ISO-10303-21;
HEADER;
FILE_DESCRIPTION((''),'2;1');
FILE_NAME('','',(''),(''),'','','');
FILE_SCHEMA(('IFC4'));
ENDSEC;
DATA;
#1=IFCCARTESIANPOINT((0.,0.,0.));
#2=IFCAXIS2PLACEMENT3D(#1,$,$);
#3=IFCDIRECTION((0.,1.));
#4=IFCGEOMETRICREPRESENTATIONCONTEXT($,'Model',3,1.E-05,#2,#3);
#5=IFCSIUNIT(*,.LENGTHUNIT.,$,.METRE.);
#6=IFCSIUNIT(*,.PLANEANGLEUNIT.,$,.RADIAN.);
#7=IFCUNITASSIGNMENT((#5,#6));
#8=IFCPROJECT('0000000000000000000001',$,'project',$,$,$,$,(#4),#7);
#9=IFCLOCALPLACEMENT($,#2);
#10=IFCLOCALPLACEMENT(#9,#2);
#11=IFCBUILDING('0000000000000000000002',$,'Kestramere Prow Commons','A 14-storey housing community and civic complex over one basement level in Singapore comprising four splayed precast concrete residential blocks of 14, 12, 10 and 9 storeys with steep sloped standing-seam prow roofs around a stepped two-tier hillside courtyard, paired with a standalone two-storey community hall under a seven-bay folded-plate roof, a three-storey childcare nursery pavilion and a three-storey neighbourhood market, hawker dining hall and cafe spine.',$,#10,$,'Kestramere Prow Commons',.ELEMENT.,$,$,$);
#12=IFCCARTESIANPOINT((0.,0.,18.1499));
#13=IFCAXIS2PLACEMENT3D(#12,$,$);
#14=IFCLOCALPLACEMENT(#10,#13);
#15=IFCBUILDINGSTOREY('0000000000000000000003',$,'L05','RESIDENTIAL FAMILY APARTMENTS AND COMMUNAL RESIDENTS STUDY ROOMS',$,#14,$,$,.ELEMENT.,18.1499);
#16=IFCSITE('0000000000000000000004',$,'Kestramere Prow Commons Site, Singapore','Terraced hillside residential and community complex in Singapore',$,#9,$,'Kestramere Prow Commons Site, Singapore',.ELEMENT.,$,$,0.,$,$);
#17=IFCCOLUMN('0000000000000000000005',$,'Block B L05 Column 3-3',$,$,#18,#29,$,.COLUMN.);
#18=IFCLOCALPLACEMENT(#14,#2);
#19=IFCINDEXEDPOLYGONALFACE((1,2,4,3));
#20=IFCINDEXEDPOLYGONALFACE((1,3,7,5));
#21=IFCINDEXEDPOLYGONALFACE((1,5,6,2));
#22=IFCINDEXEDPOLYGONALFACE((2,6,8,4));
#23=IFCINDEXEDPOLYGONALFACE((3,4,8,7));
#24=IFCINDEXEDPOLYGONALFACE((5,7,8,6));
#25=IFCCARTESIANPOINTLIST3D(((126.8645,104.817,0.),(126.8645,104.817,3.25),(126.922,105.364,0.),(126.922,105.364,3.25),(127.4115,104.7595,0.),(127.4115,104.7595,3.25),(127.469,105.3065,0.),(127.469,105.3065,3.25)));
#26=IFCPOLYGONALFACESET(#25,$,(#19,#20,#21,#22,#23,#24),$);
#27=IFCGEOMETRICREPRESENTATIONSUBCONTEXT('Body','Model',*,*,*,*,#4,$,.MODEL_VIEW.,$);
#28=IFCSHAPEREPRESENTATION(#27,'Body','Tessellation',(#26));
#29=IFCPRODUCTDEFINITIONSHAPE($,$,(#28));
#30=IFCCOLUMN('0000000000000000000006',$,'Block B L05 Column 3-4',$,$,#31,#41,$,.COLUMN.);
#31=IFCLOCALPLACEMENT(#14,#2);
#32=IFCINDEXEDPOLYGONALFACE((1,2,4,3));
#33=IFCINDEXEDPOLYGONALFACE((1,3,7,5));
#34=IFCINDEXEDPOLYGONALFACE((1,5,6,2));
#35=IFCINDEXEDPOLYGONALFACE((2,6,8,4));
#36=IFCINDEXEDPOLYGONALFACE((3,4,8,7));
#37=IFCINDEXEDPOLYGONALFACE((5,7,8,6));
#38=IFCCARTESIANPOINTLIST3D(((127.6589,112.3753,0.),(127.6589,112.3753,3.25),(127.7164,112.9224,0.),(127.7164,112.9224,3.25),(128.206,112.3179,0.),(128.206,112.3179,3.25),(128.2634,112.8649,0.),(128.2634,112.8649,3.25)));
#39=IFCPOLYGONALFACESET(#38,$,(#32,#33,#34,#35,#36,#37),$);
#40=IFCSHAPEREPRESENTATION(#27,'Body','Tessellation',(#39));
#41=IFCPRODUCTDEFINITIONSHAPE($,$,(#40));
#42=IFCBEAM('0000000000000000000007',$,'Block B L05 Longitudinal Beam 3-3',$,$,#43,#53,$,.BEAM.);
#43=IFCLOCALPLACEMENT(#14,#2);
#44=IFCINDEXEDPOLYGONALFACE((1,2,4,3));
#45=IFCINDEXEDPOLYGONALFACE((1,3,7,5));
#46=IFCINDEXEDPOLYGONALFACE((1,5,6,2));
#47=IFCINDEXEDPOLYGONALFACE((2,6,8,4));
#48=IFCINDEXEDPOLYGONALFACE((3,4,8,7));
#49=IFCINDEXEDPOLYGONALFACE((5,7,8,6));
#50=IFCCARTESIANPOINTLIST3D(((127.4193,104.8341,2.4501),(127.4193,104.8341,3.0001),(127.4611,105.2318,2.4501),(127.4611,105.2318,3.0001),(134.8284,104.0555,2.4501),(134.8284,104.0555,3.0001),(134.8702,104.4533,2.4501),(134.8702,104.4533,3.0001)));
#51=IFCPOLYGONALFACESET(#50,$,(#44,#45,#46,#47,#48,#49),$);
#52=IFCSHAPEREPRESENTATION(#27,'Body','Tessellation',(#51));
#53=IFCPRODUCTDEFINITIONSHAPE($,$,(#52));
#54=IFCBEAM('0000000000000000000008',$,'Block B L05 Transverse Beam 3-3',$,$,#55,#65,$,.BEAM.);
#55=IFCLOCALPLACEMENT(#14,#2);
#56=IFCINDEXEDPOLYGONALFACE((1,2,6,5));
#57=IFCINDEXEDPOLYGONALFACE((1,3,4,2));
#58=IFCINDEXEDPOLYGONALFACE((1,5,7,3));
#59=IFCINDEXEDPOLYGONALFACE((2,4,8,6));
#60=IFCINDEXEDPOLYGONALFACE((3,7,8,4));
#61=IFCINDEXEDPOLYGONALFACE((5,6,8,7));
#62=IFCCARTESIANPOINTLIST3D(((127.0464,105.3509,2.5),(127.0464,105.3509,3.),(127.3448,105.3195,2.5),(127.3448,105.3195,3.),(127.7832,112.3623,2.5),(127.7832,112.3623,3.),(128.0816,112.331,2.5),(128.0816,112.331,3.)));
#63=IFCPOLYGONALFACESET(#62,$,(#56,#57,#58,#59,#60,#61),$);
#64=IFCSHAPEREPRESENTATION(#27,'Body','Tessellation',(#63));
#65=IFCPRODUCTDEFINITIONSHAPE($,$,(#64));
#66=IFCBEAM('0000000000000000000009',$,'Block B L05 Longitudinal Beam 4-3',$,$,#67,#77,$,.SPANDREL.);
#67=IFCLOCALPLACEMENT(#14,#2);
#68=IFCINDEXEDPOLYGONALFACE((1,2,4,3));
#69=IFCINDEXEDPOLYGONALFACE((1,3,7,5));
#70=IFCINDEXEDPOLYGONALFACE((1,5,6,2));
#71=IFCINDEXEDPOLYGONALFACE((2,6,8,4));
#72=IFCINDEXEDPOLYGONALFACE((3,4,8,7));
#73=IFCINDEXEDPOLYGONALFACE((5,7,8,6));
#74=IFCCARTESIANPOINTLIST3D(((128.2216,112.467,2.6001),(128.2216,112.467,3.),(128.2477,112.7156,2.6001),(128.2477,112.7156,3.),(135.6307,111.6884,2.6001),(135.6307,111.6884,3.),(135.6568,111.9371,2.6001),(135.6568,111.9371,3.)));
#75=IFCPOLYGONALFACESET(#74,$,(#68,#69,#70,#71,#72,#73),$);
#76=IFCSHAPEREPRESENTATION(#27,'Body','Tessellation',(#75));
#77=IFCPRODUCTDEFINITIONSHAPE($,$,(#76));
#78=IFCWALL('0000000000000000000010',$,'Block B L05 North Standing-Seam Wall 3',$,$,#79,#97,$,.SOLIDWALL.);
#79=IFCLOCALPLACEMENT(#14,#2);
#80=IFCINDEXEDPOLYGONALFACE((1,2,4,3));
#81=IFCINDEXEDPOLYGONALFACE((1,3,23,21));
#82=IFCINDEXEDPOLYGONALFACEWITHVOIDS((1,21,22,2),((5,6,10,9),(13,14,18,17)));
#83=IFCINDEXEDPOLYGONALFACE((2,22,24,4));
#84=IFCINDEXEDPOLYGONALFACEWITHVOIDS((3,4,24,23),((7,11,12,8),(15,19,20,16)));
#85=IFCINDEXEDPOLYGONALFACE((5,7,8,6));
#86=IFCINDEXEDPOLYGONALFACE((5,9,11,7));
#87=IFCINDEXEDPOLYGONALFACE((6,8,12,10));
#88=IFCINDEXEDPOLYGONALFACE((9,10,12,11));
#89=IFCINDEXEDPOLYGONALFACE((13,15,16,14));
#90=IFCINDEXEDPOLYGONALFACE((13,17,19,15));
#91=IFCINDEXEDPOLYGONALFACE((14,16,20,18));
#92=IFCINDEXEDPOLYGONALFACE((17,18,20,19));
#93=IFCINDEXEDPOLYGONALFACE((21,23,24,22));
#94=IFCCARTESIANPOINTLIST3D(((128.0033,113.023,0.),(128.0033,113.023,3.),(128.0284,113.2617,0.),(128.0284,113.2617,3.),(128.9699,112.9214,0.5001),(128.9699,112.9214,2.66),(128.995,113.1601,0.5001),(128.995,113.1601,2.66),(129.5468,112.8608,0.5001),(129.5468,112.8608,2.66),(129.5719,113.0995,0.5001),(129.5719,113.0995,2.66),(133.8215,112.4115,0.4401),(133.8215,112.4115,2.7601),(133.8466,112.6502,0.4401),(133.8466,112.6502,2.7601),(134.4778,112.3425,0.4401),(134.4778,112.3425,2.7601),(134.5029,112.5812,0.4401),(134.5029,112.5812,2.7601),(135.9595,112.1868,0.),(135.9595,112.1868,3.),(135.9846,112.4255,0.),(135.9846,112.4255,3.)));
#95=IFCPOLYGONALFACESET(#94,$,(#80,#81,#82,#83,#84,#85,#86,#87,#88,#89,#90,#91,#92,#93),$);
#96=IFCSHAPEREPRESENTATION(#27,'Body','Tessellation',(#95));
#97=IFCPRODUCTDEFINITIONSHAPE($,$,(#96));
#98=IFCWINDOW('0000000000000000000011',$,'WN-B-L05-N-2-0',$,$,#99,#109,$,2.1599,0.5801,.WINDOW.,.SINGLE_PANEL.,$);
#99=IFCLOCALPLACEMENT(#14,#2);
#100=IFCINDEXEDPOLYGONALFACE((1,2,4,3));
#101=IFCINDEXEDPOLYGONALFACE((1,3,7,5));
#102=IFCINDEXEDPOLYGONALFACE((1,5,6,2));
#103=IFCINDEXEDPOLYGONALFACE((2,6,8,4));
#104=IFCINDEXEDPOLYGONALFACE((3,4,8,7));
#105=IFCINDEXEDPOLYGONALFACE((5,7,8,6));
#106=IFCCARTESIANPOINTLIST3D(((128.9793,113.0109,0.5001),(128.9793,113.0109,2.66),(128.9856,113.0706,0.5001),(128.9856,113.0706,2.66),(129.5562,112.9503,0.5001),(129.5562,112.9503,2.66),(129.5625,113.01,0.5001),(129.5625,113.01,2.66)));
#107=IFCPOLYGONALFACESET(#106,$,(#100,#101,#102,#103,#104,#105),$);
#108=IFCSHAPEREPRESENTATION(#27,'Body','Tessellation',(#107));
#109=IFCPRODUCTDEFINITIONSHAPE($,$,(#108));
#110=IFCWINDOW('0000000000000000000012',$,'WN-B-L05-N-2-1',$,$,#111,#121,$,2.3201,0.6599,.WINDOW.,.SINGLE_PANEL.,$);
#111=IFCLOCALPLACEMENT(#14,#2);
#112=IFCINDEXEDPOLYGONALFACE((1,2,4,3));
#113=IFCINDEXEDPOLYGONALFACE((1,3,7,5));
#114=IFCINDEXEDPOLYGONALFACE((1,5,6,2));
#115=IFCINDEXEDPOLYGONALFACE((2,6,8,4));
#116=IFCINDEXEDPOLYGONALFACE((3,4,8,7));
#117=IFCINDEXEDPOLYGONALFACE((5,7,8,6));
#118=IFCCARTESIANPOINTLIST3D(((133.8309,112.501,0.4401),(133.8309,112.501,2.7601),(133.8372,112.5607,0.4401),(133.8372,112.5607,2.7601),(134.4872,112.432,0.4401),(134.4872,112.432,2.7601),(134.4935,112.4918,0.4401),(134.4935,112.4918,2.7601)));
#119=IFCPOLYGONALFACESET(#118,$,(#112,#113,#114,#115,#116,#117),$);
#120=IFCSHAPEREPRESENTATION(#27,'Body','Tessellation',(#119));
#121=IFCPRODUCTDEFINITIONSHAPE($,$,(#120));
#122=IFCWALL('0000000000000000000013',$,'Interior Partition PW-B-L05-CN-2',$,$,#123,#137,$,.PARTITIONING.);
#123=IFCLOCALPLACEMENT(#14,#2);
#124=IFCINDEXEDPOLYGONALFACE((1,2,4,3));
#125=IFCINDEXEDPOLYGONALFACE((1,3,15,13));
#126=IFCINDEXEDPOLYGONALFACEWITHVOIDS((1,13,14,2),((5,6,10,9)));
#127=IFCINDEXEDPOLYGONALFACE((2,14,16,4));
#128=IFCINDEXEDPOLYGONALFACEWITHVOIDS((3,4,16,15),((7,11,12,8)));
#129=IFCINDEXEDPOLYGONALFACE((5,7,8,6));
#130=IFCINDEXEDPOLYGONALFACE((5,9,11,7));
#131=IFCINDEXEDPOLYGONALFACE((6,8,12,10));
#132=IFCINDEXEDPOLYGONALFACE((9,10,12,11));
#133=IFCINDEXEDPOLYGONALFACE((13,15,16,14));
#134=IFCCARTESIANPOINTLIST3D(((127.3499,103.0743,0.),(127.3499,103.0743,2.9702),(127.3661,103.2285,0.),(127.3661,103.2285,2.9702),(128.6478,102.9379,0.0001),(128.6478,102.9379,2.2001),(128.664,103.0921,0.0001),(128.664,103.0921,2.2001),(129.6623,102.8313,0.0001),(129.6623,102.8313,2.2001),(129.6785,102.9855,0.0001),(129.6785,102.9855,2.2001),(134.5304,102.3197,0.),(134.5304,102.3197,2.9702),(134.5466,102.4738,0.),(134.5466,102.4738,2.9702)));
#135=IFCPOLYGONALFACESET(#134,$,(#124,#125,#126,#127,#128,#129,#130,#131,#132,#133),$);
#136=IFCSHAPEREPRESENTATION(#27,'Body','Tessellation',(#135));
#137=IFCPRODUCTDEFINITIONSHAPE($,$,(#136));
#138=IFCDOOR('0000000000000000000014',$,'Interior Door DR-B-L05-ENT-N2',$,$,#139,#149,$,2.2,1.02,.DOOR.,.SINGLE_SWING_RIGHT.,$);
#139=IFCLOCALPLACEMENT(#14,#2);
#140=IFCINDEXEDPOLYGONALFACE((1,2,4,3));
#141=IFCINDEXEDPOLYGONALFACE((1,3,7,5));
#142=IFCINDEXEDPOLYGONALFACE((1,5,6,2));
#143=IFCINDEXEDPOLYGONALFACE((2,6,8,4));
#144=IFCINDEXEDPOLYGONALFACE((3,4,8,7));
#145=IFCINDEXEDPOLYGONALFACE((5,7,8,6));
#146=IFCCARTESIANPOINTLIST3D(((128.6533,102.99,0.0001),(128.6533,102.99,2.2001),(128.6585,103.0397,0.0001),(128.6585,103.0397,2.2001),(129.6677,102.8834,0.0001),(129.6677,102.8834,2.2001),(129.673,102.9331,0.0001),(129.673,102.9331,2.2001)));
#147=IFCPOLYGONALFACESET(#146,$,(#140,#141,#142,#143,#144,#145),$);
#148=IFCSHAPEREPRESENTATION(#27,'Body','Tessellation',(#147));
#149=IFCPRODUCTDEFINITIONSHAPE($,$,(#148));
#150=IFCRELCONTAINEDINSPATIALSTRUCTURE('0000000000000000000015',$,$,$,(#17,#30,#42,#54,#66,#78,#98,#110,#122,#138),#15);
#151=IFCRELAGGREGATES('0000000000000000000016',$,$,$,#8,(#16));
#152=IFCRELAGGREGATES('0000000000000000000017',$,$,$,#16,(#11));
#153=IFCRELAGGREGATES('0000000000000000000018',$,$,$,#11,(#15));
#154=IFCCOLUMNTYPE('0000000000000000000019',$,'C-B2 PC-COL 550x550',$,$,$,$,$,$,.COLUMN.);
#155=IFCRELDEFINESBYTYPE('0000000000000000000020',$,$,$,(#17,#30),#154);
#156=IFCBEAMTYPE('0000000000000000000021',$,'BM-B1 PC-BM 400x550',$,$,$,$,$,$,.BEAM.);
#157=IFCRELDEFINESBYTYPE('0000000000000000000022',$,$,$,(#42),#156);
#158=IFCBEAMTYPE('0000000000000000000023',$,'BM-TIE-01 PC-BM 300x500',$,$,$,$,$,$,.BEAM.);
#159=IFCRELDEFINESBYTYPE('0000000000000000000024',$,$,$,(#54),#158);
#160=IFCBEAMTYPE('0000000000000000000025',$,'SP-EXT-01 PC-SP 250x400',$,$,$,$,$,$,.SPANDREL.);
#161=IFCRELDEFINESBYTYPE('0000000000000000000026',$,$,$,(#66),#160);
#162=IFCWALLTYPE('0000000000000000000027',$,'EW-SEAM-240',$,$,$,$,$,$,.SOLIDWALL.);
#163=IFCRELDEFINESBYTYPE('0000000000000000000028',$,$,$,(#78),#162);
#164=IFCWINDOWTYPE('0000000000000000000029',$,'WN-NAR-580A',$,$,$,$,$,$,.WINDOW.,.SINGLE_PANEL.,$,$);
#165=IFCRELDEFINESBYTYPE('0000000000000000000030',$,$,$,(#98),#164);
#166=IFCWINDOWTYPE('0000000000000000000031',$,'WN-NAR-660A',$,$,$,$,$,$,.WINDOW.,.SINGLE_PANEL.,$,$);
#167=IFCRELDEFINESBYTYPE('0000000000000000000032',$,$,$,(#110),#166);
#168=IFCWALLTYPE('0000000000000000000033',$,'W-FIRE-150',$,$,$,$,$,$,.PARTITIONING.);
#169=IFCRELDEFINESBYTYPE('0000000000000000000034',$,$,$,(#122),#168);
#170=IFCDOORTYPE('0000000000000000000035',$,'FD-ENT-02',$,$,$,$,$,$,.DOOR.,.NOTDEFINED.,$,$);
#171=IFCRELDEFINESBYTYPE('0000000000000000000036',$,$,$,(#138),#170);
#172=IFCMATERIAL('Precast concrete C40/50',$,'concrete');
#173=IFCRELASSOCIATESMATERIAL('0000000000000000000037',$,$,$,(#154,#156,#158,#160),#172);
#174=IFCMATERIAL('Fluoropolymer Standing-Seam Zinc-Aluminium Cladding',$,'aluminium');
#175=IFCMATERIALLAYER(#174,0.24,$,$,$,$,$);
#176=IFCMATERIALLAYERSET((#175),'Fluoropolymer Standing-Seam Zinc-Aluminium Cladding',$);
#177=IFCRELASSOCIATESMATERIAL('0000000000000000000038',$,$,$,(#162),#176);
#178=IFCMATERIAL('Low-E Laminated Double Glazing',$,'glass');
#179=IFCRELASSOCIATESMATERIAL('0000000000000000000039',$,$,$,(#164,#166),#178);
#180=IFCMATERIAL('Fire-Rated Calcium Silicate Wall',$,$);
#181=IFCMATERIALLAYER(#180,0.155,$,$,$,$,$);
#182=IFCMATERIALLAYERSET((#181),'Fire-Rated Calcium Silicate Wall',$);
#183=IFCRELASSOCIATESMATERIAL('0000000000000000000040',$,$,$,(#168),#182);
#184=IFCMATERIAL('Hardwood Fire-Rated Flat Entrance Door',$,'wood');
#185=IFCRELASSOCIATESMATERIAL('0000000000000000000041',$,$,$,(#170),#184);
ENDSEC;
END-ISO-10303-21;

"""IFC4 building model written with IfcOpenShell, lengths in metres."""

from ifc_helpers import new_model, si_unit, direction, frame, frame_2d, origin, origin_2d, place, context, subcontext, project, spatial, rectangle, extrude, material, layer, layer_set, material_profile, profile_set, type_object, element, fill, save


model = new_model("IFC4")

# Units and contexts
model_context = context("Model", 3, precision=1e-05, world=origin(), true_north=direction((0.0, 1.0)))
body_context = subcontext(model_context, "Body", "Model", "MODEL_VIEW")
ifc_project = project(units=[si_unit("LENGTHUNIT", "METRE"), si_unit("PLANEANGLEUNIT", "RADIAN")], contexts=[model_context])

# Site, building, storey
site_placement = place(None, origin())
site = spatial("IfcSite", under=ifc_project, at=site_placement, Name="Kestramere Prow Commons Site, Singapore", Description="Terraced hillside residential and community complex in Singapore", LongName="Kestramere Prow Commons Site, Singapore", CompositionType="ELEMENT", RefElevation=0.0)
building_placement = place(site_placement, origin())
building = spatial("IfcBuilding", under=site, at=building_placement, Name="Kestramere Prow Commons", Description="A 14-storey housing community and civic complex over one basement level in Singapore comprising four splayed precast concrete residential blocks of 14, 12, 10 and 9 storeys with steep sloped standing-seam prow roofs around a stepped two-tier hillside courtyard, paired with a standalone two-storey community hall under a seven-bay folded-plate roof, a three-storey childcare nursery pavilion and a three-storey neighbourhood market, hawker dining hall and cafe spine.", LongName="Kestramere Prow Commons", CompositionType="ELEMENT")
storey_placement = place(building_placement, frame((0.0, 0.0, 18.1499)))
storey = spatial("IfcBuildingStorey", under=building, at=storey_placement, Name="L05", Description="RESIDENTIAL FAMILY APARTMENTS AND COMMUNAL RESIDENTS STUDY ROOMS", CompositionType="ELEMENT", Elevation=18.1499)

# Columns
ifc_material_1 = material(Name="Precast concrete C40/50", Category="concrete")
ifc_material_profile_1 = material_profile(ifc_material_1, rectangle(XDim=0.55, YDim=0.55, at=origin_2d()), Name="PC-COL 550x550")
ifc_profile_set_1 = profile_set([ifc_material_profile_1], Name="Precast concrete C40/50")
column_type = type_object("IfcColumnType", Name="C-B2 PC-COL 550x550", PredefinedType="COLUMN", material=ifc_profile_set_1)
for number, where, z_axis, x_axis, name in (
    (1, (127.1667, 105.0618, 0.0), (0.0, 0.0, 1.0), (0.994522, -0.104528, 0.0), "Block B L05 Column 3-3"),
    (2, (127.9612, 112.6201, 0.0), (0.0, 0.0, 1.0), (0.994522, -0.104528, 0.0), "Block B L05 Column 3-4"),
):
    element("IfcColumn", number, at=place(storey_placement, frame(where, z_axis=z_axis, x_axis=x_axis)), inside=storey, type_object=column_type, Name=name, PredefinedType="COLUMN", context=body_context, shape_type="SweptSolid", body=[
        extrude(rectangle(XDim=0.55, YDim=0.55, at=origin_2d()), origin(), (0.0, 0.0, 1.0), 3.25),
    ])

# Beams
ifc_material_profile_2 = material_profile(ifc_material_1, rectangle(XDim=0.3999, YDim=0.55, at=origin_2d()), Name="PC-BM 400x550")
ifc_profile_set_2 = profile_set([ifc_material_profile_2], Name="Precast concrete C40/50")
beam_type_1 = type_object("IfcBeamType", Name="BM-B1 PC-BM 400x550", PredefinedType="BEAM", material=ifc_profile_set_2)
beam_1_placement = place(storey_placement, frame((127.4402, 105.033, 2.7251), z_axis=(0.994524, -0.104506, 0.0), x_axis=(0.104506, 0.994524, 0.0)))
element("IfcBeam", 3, at=beam_1_placement, inside=storey, type_object=beam_type_1, Name="Block B L05 Longitudinal Beam 3-3", PredefinedType="BEAM", context=body_context, shape_type="SweptSolid", body=[
    extrude(rectangle(XDim=0.3999, YDim=0.55, at=origin_2d()), origin(), (0.0, 0.0, 1.0), 7.45),
])
ifc_material_profile_3 = material_profile(ifc_material_1, rectangle(XDim=0.3, YDim=0.5, at=origin_2d()), Name="PC-BM 300x500")
ifc_profile_set_3 = profile_set([ifc_material_profile_3], Name="Precast concrete C40/50")
beam_type_2 = type_object("IfcBeamType", Name="BM-TIE-01 PC-BM 300x500", PredefinedType="BEAM", material=ifc_profile_set_3)
beam_2_placement = place(storey_placement, frame((127.1956, 105.3352, 2.75), z_axis=(0.104512, 0.994524, 0.0), x_axis=(-0.994524, 0.104512, 0.0)))
element("IfcBeam", 4, at=beam_2_placement, inside=storey, type_object=beam_type_2, Name="Block B L05 Transverse Beam 3-3", PredefinedType="BEAM", context=body_context, shape_type="SweptSolid", body=[
    extrude(rectangle(XDim=0.3, YDim=0.5, at=origin_2d()), origin(), (0.0, 0.0, 1.0), 7.05),
])
ifc_material_profile_4 = material_profile(ifc_material_1, rectangle(XDim=0.25, YDim=0.3999, at=origin_2d()), Name="PC-SP 250x400")
ifc_profile_set_4 = profile_set([ifc_material_profile_4], Name="Precast concrete C40/50")
beam_type_3 = type_object("IfcBeamType", Name="SP-EXT-01 PC-SP 250x400", PredefinedType="SPANDREL", material=ifc_profile_set_4)
beam_3_placement = place(storey_placement, frame((128.2346, 112.5913, 2.8), z_axis=(0.994524, -0.104506, 0.0), x_axis=(0.104506, 0.994524, 0.0)))
element("IfcBeam", 5, at=beam_3_placement, inside=storey, type_object=beam_type_3, Name="Block B L05 Longitudinal Beam 4-3", PredefinedType="SPANDREL", context=body_context, shape_type="SweptSolid", body=[
    extrude(rectangle(XDim=0.25, YDim=0.3999, at=origin_2d()), origin(), (0.0, 0.0, 1.0), 7.45),
])

# Wall, openings, windows
ifc_material_2 = material(Name="Fluoropolymer Standing-Seam Zinc-Aluminium Cladding", Category="aluminium")
ifc_layer_1 = layer(ifc_material_2, 0.24)
ifc_layer_set_1 = layer_set([ifc_layer_1], Name="Fluoropolymer Standing-Seam Zinc-Aluminium Cladding")
wall_type_1 = type_object("IfcWallType", Name="EW-SEAM-240", PredefinedType="SOLIDWALL", material=ifc_layer_set_1)
wall_1_placement = place(storey_placement, frame((128.0159, 113.1423, 0.0), z_axis=(0.0, 0.0, 1.0), x_axis=(0.994523, -0.104521, 0.0)))
wall_1 = element("IfcWall", 6, at=wall_1_placement, inside=storey, type_object=wall_type_1, Name="Block B L05 North Standing-Seam Wall 3", PredefinedType="SOLIDWALL", context=body_context, shape_type="SweptSolid", body=[
    extrude(rectangle(XDim=8.0, YDim=0.24, at=frame_2d((4.0, 0.0))), origin(), (0.0, 0.0, 1.0), 3.0),
])
opening_1_placement = place(wall_1_placement, frame((0.9719, 0.0, 0.5)))
opening_1 = element("IfcOpeningElement", 7, at=opening_1_placement, cuts=wall_1, PredefinedType="OPENING", context=body_context, shape_type="SweptSolid", body=[
    extrude(rectangle(XDim=0.5801, YDim=2.1599, at=frame_2d((0.29, 1.0801))), frame((0.0, 0.135, 0.0), z_axis=(0.0, -1.0, 0.0), x_axis=(1.0, 0.0, 0.0)), (0.0, 0.0, 1.0), 0.27),
])
opening_2_placement = place(wall_1_placement, frame((5.8501, 0.0, 0.4399)))
opening_2 = element("IfcOpeningElement", 8, at=opening_2_placement, cuts=wall_1, PredefinedType="OPENING", context=body_context, shape_type="SweptSolid", body=[
    extrude(rectangle(XDim=0.6599, YDim=2.3201, at=frame_2d((0.3301, 1.1602))), frame((0.0, 0.135, 0.0), z_axis=(0.0, -1.0, 0.0), x_axis=(1.0, 0.0, 0.0)), (0.0, 0.0, 1.0), 0.27),
])
ifc_material_3 = material(Name="Low-E Laminated Double Glazing", Category="glass")
window_type_1 = type_object("IfcWindowType", Name="WN-NAR-580A", PartitioningType="SINGLE_PANEL", PredefinedType="WINDOW", material=ifc_material_3)
window_1_placement = place(opening_1_placement, origin())
window_1 = element("IfcWindow", 9, at=window_1_placement, inside=storey, type_object=window_type_1, Name="WN-B-L05-N-2-0", OverallHeight=2.1599, OverallWidth=0.5801, PartitioningType="SINGLE_PANEL", PredefinedType="WINDOW", context=body_context, shape_type="SweptSolid", body=[
    extrude(rectangle(XDim=0.5801, YDim=2.1599, at=frame_2d((0.29, 1.0801))), frame((0.0, 0.03, 0.0), z_axis=(0.0, -1.0, 0.0), x_axis=(1.0, 0.0, 0.0)), (0.0, 0.0, 1.0), 0.0601),
])
fill(opening_1, window_1)
window_type_2 = type_object("IfcWindowType", Name="WN-NAR-660A", PartitioningType="SINGLE_PANEL", PredefinedType="WINDOW", material=ifc_material_3)
window_2_placement = place(opening_2_placement, origin())
window_2 = element("IfcWindow", 10, at=window_2_placement, inside=storey, type_object=window_type_2, Name="WN-B-L05-N-2-1", OverallHeight=2.3201, OverallWidth=0.6599, PartitioningType="SINGLE_PANEL", PredefinedType="WINDOW", context=body_context, shape_type="SweptSolid", body=[
    extrude(rectangle(XDim=0.6599, YDim=2.3201, at=frame_2d((0.3301, 1.1602))), frame((0.0, 0.03, 0.0), z_axis=(0.0, -1.0, 0.0), x_axis=(1.0, 0.0, 0.0)), (0.0, 0.0, 1.0), 0.0601),
])
fill(opening_2, window_2)

# Wall, opening, door
ifc_material_4 = material(Name="Fire-Rated Calcium Silicate Wall")
ifc_layer_2 = layer(ifc_material_4, 0.155)
ifc_layer_set_2 = layer_set([ifc_layer_2], Name="Fire-Rated Calcium Silicate Wall")
wall_type_2 = type_object("IfcWallType", Name="W-FIRE-150", PredefinedType="PARTITIONING", material=ifc_layer_set_2)
wall_2_placement = place(storey_placement, frame((127.3582, 103.1514, 0.0), z_axis=(0.0, 0.0, 1.0), x_axis=(0.994523, -0.104521, 0.0)))
wall_2 = element("IfcWall", 11, at=wall_2_placement, inside=storey, type_object=wall_type_2, Name="Interior Partition PW-B-L05-CN-2", PredefinedType="PARTITIONING", context=body_context, shape_type="SweptSolid", body=[
    extrude(rectangle(XDim=7.22, YDim=0.155, at=frame_2d((3.6099, 0.0))), origin(), (0.0, 0.0, 1.0), 2.9702),
])
opening_3_placement = place(wall_2_placement, frame((1.3049, 0.0, 0.0)))
opening_3 = element("IfcOpeningElement", 12, at=opening_3_placement, cuts=wall_2, PredefinedType="OPENING", context=body_context, shape_type="SweptSolid", body=[
    extrude(rectangle(XDim=1.02, YDim=2.2, at=frame_2d((0.51, 1.1001))), frame((0.0, 0.0925, 0.0), z_axis=(0.0, -1.0, 0.0), x_axis=(1.0, 0.0, 0.0)), (0.0, 0.0, 1.0), 0.1851),
])
ifc_material_5 = material(Name="Hardwood Fire-Rated Flat Entrance Door", Category="wood")
door_type_1 = type_object("IfcDoorType", Name="FD-ENT-02", OperationType="NOTDEFINED", PredefinedType="DOOR", material=ifc_material_5)
door_1_placement = place(opening_3_placement, origin())
door_1 = element("IfcDoor", 13, at=door_1_placement, inside=storey, type_object=door_type_1, Name="Interior Door DR-B-L05-ENT-N2", OperationType="SINGLE_SWING_RIGHT", OverallHeight=2.2, OverallWidth=1.02, PredefinedType="DOOR", context=body_context, shape_type="SweptSolid", body=[
    extrude(rectangle(XDim=1.02, YDim=2.2, at=frame_2d((0.51, 1.1001))), frame((0.0, 0.0249, 0.0), z_axis=(0.0, -1.0, 0.0), x_axis=(1.0, 0.0, 0.0)), (0.0, 0.0, 1.0), 0.05),
])
fill(opening_3, door_1)

save(model, "model.ifc")
